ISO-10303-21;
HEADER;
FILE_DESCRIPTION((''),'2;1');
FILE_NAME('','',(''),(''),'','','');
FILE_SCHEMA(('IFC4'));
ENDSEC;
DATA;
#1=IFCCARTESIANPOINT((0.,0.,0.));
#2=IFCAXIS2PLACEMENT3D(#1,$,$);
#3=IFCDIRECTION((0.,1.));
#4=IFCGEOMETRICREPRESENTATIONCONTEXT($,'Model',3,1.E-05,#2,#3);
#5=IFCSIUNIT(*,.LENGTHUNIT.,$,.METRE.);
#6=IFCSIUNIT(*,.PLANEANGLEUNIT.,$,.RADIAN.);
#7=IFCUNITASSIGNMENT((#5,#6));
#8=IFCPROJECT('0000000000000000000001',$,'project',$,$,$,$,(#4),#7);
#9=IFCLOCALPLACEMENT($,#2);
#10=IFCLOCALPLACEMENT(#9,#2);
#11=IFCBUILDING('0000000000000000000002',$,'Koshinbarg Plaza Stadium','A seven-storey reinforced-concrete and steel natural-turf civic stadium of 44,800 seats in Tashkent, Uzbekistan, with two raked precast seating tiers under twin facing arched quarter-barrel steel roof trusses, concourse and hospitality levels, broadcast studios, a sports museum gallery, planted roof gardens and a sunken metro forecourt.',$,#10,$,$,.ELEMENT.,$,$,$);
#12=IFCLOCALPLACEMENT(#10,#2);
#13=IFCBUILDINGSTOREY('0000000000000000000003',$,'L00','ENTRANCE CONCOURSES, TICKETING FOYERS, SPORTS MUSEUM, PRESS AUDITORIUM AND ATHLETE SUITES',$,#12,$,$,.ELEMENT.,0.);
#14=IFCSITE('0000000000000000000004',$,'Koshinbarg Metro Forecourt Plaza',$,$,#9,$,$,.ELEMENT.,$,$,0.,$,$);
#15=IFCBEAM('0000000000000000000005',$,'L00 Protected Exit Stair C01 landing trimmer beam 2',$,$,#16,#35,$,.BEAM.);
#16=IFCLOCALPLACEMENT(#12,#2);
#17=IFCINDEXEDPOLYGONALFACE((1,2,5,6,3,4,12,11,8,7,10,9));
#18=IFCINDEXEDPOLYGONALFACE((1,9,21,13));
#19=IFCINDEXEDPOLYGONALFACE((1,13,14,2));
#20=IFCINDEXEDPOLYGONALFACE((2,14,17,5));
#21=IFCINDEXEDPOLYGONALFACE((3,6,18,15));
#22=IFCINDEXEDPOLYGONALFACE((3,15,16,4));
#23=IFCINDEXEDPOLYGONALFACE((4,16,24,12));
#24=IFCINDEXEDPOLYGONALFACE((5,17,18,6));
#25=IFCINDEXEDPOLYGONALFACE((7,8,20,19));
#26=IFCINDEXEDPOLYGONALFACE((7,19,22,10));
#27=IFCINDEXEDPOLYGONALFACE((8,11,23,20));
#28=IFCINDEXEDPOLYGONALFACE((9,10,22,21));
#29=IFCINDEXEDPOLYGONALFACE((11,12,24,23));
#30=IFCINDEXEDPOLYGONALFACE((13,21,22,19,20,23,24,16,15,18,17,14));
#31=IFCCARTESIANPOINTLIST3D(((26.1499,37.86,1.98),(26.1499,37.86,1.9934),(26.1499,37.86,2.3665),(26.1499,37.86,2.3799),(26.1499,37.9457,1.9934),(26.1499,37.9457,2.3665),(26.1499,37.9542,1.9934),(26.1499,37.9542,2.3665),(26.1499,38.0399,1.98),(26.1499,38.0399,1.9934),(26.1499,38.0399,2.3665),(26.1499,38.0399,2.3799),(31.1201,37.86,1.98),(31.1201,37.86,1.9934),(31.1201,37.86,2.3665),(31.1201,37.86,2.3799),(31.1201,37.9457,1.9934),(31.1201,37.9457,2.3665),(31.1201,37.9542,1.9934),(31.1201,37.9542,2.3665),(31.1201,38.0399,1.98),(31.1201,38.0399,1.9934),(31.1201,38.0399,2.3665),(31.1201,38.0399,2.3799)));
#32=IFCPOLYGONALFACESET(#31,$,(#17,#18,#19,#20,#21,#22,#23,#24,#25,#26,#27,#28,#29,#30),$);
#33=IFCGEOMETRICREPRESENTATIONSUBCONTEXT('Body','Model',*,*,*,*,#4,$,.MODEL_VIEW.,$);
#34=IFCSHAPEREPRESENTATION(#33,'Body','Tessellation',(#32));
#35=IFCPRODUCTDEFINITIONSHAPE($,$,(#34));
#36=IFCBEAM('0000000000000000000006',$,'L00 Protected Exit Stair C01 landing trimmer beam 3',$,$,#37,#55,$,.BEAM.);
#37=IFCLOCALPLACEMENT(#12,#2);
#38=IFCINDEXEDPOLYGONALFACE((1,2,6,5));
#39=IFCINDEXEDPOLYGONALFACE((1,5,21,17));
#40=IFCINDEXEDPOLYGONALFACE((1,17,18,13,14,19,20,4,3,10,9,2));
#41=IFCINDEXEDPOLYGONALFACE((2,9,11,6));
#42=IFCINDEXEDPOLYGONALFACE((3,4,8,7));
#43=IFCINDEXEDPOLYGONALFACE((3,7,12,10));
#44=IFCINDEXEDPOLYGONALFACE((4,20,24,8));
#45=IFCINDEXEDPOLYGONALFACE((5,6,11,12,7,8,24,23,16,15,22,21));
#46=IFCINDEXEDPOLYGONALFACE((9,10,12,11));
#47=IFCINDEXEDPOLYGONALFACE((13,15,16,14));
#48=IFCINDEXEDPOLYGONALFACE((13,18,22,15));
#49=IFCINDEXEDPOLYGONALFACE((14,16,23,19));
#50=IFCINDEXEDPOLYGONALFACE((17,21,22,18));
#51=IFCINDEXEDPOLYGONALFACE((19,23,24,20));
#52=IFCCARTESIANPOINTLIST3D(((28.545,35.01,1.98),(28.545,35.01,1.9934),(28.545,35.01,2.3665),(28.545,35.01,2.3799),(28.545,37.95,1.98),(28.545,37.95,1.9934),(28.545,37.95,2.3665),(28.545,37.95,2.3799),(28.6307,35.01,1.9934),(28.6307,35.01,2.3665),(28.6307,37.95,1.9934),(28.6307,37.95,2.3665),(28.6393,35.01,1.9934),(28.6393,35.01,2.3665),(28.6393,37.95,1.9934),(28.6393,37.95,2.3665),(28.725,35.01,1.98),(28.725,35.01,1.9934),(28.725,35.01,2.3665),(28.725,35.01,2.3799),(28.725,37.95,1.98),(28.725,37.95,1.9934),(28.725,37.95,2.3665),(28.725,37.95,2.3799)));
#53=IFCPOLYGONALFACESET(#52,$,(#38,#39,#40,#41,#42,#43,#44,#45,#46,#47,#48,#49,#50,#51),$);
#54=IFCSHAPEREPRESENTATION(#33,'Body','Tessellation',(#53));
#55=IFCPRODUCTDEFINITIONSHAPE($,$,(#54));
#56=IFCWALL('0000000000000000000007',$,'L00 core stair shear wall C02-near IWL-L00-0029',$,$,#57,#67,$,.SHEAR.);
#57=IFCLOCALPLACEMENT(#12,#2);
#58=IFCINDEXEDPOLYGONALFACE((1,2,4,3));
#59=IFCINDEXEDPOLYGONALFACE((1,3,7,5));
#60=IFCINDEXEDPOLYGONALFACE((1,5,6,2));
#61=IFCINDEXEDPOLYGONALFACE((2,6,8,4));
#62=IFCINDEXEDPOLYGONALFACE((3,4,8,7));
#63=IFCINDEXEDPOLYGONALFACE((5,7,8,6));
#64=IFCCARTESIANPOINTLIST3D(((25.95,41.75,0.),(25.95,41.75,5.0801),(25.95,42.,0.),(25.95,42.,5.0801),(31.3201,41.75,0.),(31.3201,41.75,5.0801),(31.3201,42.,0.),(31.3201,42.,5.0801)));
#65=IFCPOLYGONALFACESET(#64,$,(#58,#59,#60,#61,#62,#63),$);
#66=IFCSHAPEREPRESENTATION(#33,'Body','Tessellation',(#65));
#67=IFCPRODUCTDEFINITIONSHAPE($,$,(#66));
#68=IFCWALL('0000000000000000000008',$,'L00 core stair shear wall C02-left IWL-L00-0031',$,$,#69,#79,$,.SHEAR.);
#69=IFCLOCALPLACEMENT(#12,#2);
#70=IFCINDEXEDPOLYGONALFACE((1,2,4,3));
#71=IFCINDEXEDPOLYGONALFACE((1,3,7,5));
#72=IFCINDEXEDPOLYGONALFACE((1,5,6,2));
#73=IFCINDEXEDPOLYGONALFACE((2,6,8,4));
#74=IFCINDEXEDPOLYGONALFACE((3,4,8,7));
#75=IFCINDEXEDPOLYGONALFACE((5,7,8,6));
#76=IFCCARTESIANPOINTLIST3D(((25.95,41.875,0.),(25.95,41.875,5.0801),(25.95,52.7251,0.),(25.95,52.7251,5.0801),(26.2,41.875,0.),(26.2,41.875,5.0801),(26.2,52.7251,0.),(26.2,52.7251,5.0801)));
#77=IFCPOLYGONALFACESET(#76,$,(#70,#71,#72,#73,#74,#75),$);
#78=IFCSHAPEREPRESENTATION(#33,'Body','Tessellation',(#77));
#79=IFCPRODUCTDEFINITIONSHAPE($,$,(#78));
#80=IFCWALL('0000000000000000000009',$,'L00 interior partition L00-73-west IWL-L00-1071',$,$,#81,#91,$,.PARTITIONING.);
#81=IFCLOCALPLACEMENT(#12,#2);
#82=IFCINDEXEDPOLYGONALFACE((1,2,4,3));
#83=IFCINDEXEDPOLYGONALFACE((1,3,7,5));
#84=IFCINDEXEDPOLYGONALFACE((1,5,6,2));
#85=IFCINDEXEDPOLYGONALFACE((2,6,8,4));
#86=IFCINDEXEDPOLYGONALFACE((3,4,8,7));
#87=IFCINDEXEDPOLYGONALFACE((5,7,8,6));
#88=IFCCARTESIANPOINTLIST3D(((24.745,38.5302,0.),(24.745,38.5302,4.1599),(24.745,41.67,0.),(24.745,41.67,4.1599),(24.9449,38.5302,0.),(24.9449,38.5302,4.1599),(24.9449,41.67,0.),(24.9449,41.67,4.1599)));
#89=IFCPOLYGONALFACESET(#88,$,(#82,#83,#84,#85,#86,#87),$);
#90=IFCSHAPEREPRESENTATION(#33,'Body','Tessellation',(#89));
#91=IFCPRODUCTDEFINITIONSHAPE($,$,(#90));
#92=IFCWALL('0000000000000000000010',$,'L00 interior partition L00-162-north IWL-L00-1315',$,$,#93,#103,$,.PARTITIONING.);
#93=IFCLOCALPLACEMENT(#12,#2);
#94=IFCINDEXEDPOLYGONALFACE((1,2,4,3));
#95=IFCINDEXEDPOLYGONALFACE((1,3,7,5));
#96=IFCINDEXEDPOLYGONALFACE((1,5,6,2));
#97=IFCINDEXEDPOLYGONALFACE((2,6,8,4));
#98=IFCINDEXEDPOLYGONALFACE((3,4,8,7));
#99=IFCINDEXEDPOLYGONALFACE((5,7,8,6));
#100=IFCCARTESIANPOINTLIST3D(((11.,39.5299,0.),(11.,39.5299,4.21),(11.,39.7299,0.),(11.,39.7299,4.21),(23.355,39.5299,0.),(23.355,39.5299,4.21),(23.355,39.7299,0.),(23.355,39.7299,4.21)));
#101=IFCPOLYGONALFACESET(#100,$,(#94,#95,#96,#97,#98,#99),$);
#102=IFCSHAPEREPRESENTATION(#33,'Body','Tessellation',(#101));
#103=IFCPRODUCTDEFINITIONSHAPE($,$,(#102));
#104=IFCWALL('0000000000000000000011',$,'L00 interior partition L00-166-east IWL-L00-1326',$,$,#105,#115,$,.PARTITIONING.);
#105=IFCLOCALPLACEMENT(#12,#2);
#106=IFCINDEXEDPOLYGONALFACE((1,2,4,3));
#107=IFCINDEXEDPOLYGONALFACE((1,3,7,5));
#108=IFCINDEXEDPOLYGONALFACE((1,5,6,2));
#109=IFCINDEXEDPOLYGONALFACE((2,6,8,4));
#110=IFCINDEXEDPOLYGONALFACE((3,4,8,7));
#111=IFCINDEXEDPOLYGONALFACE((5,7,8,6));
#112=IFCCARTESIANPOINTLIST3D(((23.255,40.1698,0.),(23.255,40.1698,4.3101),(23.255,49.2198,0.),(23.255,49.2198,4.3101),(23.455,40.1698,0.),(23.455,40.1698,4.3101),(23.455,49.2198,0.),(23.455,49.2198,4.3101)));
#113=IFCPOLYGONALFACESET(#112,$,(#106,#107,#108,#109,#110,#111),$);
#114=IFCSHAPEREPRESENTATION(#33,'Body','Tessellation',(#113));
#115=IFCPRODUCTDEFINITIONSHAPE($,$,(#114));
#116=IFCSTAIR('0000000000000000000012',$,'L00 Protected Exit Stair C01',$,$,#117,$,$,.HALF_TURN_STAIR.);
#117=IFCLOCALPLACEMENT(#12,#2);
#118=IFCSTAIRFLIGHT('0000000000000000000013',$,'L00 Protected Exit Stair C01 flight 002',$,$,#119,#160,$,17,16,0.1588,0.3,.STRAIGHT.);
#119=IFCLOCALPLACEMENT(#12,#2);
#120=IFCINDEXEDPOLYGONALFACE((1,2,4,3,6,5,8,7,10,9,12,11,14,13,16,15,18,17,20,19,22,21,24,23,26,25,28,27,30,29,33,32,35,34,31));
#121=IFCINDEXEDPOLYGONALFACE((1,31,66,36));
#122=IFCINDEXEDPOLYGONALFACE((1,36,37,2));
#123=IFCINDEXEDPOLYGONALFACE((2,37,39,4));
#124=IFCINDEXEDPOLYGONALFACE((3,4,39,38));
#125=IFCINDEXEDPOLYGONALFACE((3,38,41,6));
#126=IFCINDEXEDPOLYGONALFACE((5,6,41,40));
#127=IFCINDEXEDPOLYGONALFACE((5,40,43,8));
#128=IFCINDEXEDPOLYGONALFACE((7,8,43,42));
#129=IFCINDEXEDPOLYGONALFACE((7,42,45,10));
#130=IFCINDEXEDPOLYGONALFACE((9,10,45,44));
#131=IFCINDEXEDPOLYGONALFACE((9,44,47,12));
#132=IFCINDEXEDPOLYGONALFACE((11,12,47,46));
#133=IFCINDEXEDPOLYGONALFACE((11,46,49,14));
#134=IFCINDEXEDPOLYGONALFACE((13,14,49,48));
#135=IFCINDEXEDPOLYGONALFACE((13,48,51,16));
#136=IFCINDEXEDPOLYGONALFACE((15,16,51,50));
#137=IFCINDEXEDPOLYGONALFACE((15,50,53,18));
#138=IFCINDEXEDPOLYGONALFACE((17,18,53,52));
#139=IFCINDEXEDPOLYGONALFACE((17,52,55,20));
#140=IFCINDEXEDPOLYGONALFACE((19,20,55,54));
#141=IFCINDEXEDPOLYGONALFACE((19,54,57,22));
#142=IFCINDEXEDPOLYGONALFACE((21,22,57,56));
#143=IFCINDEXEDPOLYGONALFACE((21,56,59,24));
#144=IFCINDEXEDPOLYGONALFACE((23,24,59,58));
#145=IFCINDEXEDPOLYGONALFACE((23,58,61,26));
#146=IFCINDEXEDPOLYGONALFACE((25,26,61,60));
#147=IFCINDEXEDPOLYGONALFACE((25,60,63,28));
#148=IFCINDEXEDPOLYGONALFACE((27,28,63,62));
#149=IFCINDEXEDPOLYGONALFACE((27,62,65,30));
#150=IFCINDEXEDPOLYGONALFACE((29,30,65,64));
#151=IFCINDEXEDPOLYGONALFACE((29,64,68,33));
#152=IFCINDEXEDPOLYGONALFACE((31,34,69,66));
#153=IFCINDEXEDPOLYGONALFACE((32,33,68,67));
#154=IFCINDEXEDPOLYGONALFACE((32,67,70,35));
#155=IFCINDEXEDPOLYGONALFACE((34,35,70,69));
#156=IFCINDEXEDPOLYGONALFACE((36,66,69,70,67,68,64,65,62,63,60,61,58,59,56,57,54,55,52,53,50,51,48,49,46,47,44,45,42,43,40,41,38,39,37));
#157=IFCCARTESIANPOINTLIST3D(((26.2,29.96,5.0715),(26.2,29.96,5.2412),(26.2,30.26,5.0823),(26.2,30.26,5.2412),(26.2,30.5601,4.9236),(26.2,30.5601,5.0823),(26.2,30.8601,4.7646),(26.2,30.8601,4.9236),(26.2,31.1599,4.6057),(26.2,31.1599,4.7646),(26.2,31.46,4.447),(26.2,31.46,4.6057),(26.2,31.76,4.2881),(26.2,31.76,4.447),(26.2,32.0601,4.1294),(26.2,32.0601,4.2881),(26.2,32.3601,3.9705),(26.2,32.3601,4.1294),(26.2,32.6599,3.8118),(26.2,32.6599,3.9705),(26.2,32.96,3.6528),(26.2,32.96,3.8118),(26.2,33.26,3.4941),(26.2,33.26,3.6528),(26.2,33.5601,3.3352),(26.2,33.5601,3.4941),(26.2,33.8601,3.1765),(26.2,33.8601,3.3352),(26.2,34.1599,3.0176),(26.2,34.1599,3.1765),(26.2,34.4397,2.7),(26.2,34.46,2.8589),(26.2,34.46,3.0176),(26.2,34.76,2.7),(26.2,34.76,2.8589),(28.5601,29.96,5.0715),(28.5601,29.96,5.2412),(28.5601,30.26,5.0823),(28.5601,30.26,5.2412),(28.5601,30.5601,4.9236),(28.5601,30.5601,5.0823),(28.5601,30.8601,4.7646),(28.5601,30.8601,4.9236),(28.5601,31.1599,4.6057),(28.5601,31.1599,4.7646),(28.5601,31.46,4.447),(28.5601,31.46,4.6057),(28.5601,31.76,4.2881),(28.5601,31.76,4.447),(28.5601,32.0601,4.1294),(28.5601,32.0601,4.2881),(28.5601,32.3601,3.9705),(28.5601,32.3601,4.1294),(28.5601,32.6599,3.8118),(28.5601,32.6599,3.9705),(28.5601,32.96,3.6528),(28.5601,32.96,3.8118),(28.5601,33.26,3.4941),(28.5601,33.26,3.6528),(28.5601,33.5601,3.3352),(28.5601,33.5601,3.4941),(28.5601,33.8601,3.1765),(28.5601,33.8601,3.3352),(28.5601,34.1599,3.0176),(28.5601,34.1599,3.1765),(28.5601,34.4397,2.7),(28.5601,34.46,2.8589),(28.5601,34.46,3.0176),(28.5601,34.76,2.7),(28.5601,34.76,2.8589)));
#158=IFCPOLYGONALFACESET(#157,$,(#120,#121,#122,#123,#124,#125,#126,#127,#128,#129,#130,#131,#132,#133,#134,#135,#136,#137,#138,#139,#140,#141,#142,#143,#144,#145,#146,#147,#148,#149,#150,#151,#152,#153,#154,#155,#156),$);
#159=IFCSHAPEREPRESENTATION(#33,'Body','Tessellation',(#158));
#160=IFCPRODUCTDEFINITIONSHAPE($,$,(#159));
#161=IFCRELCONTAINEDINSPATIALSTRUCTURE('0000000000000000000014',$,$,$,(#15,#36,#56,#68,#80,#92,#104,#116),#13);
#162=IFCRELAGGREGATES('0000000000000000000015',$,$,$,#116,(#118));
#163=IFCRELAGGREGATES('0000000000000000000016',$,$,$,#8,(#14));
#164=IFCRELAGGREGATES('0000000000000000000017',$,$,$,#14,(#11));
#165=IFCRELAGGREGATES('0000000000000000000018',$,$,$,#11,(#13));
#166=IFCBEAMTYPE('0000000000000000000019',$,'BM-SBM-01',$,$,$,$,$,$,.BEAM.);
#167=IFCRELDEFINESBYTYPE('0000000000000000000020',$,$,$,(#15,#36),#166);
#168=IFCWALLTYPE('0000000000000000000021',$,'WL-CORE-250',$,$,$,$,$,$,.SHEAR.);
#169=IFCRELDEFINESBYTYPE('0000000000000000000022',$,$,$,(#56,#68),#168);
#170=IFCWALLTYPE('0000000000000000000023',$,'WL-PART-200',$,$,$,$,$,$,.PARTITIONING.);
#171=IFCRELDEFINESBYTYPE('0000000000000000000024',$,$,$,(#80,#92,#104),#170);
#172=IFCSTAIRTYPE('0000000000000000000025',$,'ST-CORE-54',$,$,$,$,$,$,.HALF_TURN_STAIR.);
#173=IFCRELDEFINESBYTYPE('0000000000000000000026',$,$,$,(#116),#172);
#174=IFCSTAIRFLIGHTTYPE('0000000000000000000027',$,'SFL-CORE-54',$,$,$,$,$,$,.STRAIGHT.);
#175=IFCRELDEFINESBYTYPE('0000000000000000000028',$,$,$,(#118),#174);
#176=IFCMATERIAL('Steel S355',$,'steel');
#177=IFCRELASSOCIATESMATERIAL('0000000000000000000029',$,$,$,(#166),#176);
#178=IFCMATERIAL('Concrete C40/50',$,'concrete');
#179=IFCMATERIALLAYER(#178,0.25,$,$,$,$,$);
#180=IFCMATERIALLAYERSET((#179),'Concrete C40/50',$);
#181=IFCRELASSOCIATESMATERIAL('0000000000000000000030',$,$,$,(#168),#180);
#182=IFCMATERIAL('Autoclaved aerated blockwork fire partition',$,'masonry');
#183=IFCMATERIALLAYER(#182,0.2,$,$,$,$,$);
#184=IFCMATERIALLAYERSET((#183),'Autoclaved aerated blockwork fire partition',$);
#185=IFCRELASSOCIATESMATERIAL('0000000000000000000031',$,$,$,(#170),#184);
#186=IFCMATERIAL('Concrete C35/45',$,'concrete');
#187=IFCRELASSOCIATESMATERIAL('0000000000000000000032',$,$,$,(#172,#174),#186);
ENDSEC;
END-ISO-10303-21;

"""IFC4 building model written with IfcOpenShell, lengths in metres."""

from ifc_helpers import new_model, si_unit, direction, frame, frame_2d, origin, origin_2d, place, context, subcontext, project, spatial, polyline, rectangle, i_section, outline, extrude, material, layer, layer_set, material_profile, profile_set, type_object, element, aggregate, save


model = new_model("IFC4")

# Units and contexts
model_context = context("Model", 3, precision=1e-05, world=origin(), true_north=direction((0.0, 1.0)))
body_context = subcontext(model_context, "Body", "Model", "MODEL_VIEW")
ifc_project = project(units=[si_unit("LENGTHUNIT", "METRE"), si_unit("PLANEANGLEUNIT", "RADIAN")], contexts=[model_context])

# Site, building, storey
site_placement = place(None, origin())
site = spatial("IfcSite", under=ifc_project, at=site_placement, Name="Koshinbarg Metro Forecourt Plaza", CompositionType="ELEMENT", RefElevation=0.0)
building_placement = place(site_placement, origin())
building = spatial("IfcBuilding", under=site, at=building_placement, Name="Koshinbarg Plaza Stadium", Description="A seven-storey reinforced-concrete and steel natural-turf civic stadium of 44,800 seats in Tashkent, Uzbekistan, with two raked precast seating tiers under twin facing arched quarter-barrel steel roof trusses, concourse and hospitality levels, broadcast studios, a sports museum gallery, planted roof gardens and a sunken metro forecourt.", CompositionType="ELEMENT")
storey_placement = place(building_placement, origin())
storey = spatial("IfcBuildingStorey", under=building, at=storey_placement, Name="L00", Description="ENTRANCE CONCOURSES, TICKETING FOYERS, SPORTS MUSEUM, PRESS AUDITORIUM AND ATHLETE SUITES", CompositionType="ELEMENT", Elevation=0.0)

# Shared definitions
ifc_material_1 = material(Name="Concrete C35/45", Category="concrete")

# Shared definitions
ifc_material_2 = material(Name="Concrete C40/50", Category="concrete")

# Beams
ifc_material_3 = material(Name="Steel S355", Category="steel")
ifc_material_profile_1 = material_profile(ifc_material_3, i_section(OverallWidth=0.1799, OverallDepth=0.3999, WebThickness=0.0085, FlangeThickness=0.0134, at=origin_2d()), Name="IPE 400")
ifc_profile_set_1 = profile_set([ifc_material_profile_1], Name="Steel S355")
beam_type = type_object("IfcBeamType", Name="BM-SBM-01", PredefinedType="BEAM", material=ifc_profile_set_1)
for number, where, z_axis, x_axis, name in (
    (1, (26.1499, 37.95, 2.1799), (1.0, 0.0, 0.0), (0.0, 1.0, 0.0), "L00 Protected Exit Stair C01 landing trimmer beam 2"),
):
    element("IfcBeam", number, at=place(storey_placement, frame(where, z_axis=z_axis, x_axis=x_axis)), inside=storey, type_object=beam_type, Name=name, PredefinedType="BEAM", context=body_context, shape_type="SweptSolid", body=[
        extrude(i_section(OverallWidth=0.1799, OverallDepth=0.3999, WebThickness=0.0085, FlangeThickness=0.0134, at=origin_2d()), origin(), (0.0, 0.0, 1.0), 4.9702),
    ])
beam_placement = place(storey_placement, frame((28.635, 35.01, 2.1799), z_axis=(0.0, 1.0, 0.0), x_axis=(-1.0, 0.0, 0.0)))
element("IfcBeam", 2, at=beam_placement, inside=storey, type_object=beam_type, Name="L00 Protected Exit Stair C01 landing trimmer beam 3", PredefinedType="BEAM", context=body_context, shape_type="SweptSolid", body=[
    extrude(i_section(OverallWidth=0.1799, OverallDepth=0.3999, WebThickness=0.0085, FlangeThickness=0.0134, at=origin_2d()), origin(), (0.0, 0.0, 1.0), 2.9399),
])

# Walls
ifc_layer_1 = layer(ifc_material_2, 0.25)
ifc_layer_set_1 = layer_set([ifc_layer_1], Name="Concrete C40/50")
wall_type_1 = type_object("IfcWallType", Name="WL-CORE-250", PredefinedType="SHEAR", material=ifc_layer_set_1)
wall_1_placement = place(storey_placement, frame((25.95, 41.875, 0.0), z_axis=(0.0, 0.0, 1.0), x_axis=(1.0, 0.0, 0.0)))
element("IfcWall", 3, at=wall_1_placement, inside=storey, type_object=wall_type_1, Name="L00 core stair shear wall C02-near IWL-L00-0029", PredefinedType="SHEAR", context=body_context, shape_type="SweptSolid", body=[
    extrude(rectangle(XDim=5.3701, YDim=0.25, at=frame_2d((2.6851, 0.0))), origin(), (0.0, 0.0, 1.0), 5.0801),
])
wall_2_placement = place(storey_placement, frame((26.075, 41.875, 0.0), z_axis=(0.0, 0.0, 1.0), x_axis=(0.0, 1.0, 0.0)))
element("IfcWall", 4, at=wall_2_placement, inside=storey, type_object=wall_type_1, Name="L00 core stair shear wall C02-left IWL-L00-0031", PredefinedType="SHEAR", context=body_context, shape_type="SweptSolid", body=[
    extrude(rectangle(XDim=10.8501, YDim=0.25, at=frame_2d((5.425, 0.0))), origin(), (0.0, 0.0, 1.0), 5.0801),
])
ifc_material_4 = material(Name="Autoclaved aerated blockwork fire partition", Category="masonry")
ifc_layer_2 = layer(ifc_material_4, 0.2)
ifc_layer_set_2 = layer_set([ifc_layer_2], Name="Autoclaved aerated blockwork fire partition")
wall_type_2 = type_object("IfcWallType", Name="WL-PART-200", PredefinedType="PARTITIONING", material=ifc_layer_set_2)
wall_3_placement = place(storey_placement, frame((24.845, 41.6699, 0.0), z_axis=(0.0, 0.0, 1.0), x_axis=(0.0, -1.0, 0.0)))
element("IfcWall", 5, at=wall_3_placement, inside=storey, type_object=wall_type_2, Name="L00 interior partition L00-73-west IWL-L00-1071", PredefinedType="PARTITIONING", context=body_context, shape_type="SweptSolid", body=[
    extrude(rectangle(XDim=3.1399, YDim=0.2, at=frame_2d((1.5698, 0.0))), origin(), (0.0, 0.0, 1.0), 4.1599),
])
wall_4_placement = place(storey_placement, frame((23.355, 39.6299, 0.0), z_axis=(0.0, 0.0, 1.0), x_axis=(-1.0, 0.0, 0.0)))
element("IfcWall", 6, at=wall_4_placement, inside=storey, type_object=wall_type_2, Name="L00 interior partition L00-162-north IWL-L00-1315", PredefinedType="PARTITIONING", context=body_context, shape_type="SweptSolid", body=[
    extrude(rectangle(XDim=12.355, YDim=0.2, at=frame_2d((6.1775, 0.0))), origin(), (0.0, 0.0, 1.0), 4.21),
])
wall_5_placement = place(storey_placement, frame((23.355, 40.1699, 0.0), z_axis=(0.0, 0.0, 1.0), x_axis=(0.0, 1.0, 0.0)))
element("IfcWall", 7, at=wall_5_placement, inside=storey, type_object=wall_type_2, Name="L00 interior partition L00-166-east IWL-L00-1326", PredefinedType="PARTITIONING", context=body_context, shape_type="SweptSolid", body=[
    extrude(rectangle(XDim=9.05, YDim=0.2, at=frame_2d((4.5249, 0.0))), origin(), (0.0, 0.0, 1.0), 4.3101),
])

# Stair, stair flight
stair_type = type_object("IfcStairType", Name="ST-CORE-54", PredefinedType="HALF_TURN_STAIR", material=ifc_material_1)
stair_placement = place(storey_placement, origin())
stair = element("IfcStair", 8, at=stair_placement, inside=storey, type_object=stair_type, Name="L00 Protected Exit Stair C01", PredefinedType="HALF_TURN_STAIR")
stair_flight_type = type_object("IfcStairFlightType", Name="SFL-CORE-54", PredefinedType="STRAIGHT", material=ifc_material_1)
stair_flight_placement = place(storey_placement, frame((27.3799, 34.76, 2.7), z_axis=(0.0, 0.0, 1.0), x_axis=(0.0, -1.0, 0.0)))
stair_flight = element("IfcStairFlight", 9, at=stair_flight_placement, type_object=stair_flight_type, Name="L00 Protected Exit Stair C01 flight 002", NumberOfRisers=17, NumberOfTreads=16, PredefinedType="STRAIGHT", RiserHeight=0.1588, TreadLength=0.3, context=body_context, shape_type="SweptSolid", body=[
    extrude(outline(polyline([(0.0, 0.0), (0.0, 0.1589), (0.3, 0.1589), (0.3, 0.3176), (0.6001, 0.3176), (0.6001, 0.4766), (0.8999, 0.4766), (0.8999, 0.6353), (1.2, 0.6353), (1.2, 0.7942), (1.5, 0.7942), (1.5, 0.9529), (1.8, 0.9529), (1.8, 1.1118), (2.1001, 1.1118), (2.1001, 1.2705), (2.3999, 1.2705), (2.3999, 1.4294), (2.7, 1.4294), (2.7, 1.5881), (3.0, 1.5881), (3.0, 1.7471), (3.3, 1.7471), (3.3, 1.9058), (3.6001, 1.9058), (3.6001, 2.0647), (3.8999, 2.0647), (3.8999, 2.2236), (4.2, 2.2236), (4.2, 2.3823), (4.5, 2.3823), (4.5, 2.5413), (4.8, 2.5413), (4.8, 2.7), (4.8, 2.3716), (0.3203, 0.0), (0.0, 0.0)])), frame((0.0, 1.1802, 0.0), z_axis=(0.0, -1.0, 0.0), x_axis=(1.0, 0.0, 0.0)), (0.0, 0.0, 1.0), 2.3601),
])
aggregate(stair, [stair_flight])

save(model, "model.ifc")
